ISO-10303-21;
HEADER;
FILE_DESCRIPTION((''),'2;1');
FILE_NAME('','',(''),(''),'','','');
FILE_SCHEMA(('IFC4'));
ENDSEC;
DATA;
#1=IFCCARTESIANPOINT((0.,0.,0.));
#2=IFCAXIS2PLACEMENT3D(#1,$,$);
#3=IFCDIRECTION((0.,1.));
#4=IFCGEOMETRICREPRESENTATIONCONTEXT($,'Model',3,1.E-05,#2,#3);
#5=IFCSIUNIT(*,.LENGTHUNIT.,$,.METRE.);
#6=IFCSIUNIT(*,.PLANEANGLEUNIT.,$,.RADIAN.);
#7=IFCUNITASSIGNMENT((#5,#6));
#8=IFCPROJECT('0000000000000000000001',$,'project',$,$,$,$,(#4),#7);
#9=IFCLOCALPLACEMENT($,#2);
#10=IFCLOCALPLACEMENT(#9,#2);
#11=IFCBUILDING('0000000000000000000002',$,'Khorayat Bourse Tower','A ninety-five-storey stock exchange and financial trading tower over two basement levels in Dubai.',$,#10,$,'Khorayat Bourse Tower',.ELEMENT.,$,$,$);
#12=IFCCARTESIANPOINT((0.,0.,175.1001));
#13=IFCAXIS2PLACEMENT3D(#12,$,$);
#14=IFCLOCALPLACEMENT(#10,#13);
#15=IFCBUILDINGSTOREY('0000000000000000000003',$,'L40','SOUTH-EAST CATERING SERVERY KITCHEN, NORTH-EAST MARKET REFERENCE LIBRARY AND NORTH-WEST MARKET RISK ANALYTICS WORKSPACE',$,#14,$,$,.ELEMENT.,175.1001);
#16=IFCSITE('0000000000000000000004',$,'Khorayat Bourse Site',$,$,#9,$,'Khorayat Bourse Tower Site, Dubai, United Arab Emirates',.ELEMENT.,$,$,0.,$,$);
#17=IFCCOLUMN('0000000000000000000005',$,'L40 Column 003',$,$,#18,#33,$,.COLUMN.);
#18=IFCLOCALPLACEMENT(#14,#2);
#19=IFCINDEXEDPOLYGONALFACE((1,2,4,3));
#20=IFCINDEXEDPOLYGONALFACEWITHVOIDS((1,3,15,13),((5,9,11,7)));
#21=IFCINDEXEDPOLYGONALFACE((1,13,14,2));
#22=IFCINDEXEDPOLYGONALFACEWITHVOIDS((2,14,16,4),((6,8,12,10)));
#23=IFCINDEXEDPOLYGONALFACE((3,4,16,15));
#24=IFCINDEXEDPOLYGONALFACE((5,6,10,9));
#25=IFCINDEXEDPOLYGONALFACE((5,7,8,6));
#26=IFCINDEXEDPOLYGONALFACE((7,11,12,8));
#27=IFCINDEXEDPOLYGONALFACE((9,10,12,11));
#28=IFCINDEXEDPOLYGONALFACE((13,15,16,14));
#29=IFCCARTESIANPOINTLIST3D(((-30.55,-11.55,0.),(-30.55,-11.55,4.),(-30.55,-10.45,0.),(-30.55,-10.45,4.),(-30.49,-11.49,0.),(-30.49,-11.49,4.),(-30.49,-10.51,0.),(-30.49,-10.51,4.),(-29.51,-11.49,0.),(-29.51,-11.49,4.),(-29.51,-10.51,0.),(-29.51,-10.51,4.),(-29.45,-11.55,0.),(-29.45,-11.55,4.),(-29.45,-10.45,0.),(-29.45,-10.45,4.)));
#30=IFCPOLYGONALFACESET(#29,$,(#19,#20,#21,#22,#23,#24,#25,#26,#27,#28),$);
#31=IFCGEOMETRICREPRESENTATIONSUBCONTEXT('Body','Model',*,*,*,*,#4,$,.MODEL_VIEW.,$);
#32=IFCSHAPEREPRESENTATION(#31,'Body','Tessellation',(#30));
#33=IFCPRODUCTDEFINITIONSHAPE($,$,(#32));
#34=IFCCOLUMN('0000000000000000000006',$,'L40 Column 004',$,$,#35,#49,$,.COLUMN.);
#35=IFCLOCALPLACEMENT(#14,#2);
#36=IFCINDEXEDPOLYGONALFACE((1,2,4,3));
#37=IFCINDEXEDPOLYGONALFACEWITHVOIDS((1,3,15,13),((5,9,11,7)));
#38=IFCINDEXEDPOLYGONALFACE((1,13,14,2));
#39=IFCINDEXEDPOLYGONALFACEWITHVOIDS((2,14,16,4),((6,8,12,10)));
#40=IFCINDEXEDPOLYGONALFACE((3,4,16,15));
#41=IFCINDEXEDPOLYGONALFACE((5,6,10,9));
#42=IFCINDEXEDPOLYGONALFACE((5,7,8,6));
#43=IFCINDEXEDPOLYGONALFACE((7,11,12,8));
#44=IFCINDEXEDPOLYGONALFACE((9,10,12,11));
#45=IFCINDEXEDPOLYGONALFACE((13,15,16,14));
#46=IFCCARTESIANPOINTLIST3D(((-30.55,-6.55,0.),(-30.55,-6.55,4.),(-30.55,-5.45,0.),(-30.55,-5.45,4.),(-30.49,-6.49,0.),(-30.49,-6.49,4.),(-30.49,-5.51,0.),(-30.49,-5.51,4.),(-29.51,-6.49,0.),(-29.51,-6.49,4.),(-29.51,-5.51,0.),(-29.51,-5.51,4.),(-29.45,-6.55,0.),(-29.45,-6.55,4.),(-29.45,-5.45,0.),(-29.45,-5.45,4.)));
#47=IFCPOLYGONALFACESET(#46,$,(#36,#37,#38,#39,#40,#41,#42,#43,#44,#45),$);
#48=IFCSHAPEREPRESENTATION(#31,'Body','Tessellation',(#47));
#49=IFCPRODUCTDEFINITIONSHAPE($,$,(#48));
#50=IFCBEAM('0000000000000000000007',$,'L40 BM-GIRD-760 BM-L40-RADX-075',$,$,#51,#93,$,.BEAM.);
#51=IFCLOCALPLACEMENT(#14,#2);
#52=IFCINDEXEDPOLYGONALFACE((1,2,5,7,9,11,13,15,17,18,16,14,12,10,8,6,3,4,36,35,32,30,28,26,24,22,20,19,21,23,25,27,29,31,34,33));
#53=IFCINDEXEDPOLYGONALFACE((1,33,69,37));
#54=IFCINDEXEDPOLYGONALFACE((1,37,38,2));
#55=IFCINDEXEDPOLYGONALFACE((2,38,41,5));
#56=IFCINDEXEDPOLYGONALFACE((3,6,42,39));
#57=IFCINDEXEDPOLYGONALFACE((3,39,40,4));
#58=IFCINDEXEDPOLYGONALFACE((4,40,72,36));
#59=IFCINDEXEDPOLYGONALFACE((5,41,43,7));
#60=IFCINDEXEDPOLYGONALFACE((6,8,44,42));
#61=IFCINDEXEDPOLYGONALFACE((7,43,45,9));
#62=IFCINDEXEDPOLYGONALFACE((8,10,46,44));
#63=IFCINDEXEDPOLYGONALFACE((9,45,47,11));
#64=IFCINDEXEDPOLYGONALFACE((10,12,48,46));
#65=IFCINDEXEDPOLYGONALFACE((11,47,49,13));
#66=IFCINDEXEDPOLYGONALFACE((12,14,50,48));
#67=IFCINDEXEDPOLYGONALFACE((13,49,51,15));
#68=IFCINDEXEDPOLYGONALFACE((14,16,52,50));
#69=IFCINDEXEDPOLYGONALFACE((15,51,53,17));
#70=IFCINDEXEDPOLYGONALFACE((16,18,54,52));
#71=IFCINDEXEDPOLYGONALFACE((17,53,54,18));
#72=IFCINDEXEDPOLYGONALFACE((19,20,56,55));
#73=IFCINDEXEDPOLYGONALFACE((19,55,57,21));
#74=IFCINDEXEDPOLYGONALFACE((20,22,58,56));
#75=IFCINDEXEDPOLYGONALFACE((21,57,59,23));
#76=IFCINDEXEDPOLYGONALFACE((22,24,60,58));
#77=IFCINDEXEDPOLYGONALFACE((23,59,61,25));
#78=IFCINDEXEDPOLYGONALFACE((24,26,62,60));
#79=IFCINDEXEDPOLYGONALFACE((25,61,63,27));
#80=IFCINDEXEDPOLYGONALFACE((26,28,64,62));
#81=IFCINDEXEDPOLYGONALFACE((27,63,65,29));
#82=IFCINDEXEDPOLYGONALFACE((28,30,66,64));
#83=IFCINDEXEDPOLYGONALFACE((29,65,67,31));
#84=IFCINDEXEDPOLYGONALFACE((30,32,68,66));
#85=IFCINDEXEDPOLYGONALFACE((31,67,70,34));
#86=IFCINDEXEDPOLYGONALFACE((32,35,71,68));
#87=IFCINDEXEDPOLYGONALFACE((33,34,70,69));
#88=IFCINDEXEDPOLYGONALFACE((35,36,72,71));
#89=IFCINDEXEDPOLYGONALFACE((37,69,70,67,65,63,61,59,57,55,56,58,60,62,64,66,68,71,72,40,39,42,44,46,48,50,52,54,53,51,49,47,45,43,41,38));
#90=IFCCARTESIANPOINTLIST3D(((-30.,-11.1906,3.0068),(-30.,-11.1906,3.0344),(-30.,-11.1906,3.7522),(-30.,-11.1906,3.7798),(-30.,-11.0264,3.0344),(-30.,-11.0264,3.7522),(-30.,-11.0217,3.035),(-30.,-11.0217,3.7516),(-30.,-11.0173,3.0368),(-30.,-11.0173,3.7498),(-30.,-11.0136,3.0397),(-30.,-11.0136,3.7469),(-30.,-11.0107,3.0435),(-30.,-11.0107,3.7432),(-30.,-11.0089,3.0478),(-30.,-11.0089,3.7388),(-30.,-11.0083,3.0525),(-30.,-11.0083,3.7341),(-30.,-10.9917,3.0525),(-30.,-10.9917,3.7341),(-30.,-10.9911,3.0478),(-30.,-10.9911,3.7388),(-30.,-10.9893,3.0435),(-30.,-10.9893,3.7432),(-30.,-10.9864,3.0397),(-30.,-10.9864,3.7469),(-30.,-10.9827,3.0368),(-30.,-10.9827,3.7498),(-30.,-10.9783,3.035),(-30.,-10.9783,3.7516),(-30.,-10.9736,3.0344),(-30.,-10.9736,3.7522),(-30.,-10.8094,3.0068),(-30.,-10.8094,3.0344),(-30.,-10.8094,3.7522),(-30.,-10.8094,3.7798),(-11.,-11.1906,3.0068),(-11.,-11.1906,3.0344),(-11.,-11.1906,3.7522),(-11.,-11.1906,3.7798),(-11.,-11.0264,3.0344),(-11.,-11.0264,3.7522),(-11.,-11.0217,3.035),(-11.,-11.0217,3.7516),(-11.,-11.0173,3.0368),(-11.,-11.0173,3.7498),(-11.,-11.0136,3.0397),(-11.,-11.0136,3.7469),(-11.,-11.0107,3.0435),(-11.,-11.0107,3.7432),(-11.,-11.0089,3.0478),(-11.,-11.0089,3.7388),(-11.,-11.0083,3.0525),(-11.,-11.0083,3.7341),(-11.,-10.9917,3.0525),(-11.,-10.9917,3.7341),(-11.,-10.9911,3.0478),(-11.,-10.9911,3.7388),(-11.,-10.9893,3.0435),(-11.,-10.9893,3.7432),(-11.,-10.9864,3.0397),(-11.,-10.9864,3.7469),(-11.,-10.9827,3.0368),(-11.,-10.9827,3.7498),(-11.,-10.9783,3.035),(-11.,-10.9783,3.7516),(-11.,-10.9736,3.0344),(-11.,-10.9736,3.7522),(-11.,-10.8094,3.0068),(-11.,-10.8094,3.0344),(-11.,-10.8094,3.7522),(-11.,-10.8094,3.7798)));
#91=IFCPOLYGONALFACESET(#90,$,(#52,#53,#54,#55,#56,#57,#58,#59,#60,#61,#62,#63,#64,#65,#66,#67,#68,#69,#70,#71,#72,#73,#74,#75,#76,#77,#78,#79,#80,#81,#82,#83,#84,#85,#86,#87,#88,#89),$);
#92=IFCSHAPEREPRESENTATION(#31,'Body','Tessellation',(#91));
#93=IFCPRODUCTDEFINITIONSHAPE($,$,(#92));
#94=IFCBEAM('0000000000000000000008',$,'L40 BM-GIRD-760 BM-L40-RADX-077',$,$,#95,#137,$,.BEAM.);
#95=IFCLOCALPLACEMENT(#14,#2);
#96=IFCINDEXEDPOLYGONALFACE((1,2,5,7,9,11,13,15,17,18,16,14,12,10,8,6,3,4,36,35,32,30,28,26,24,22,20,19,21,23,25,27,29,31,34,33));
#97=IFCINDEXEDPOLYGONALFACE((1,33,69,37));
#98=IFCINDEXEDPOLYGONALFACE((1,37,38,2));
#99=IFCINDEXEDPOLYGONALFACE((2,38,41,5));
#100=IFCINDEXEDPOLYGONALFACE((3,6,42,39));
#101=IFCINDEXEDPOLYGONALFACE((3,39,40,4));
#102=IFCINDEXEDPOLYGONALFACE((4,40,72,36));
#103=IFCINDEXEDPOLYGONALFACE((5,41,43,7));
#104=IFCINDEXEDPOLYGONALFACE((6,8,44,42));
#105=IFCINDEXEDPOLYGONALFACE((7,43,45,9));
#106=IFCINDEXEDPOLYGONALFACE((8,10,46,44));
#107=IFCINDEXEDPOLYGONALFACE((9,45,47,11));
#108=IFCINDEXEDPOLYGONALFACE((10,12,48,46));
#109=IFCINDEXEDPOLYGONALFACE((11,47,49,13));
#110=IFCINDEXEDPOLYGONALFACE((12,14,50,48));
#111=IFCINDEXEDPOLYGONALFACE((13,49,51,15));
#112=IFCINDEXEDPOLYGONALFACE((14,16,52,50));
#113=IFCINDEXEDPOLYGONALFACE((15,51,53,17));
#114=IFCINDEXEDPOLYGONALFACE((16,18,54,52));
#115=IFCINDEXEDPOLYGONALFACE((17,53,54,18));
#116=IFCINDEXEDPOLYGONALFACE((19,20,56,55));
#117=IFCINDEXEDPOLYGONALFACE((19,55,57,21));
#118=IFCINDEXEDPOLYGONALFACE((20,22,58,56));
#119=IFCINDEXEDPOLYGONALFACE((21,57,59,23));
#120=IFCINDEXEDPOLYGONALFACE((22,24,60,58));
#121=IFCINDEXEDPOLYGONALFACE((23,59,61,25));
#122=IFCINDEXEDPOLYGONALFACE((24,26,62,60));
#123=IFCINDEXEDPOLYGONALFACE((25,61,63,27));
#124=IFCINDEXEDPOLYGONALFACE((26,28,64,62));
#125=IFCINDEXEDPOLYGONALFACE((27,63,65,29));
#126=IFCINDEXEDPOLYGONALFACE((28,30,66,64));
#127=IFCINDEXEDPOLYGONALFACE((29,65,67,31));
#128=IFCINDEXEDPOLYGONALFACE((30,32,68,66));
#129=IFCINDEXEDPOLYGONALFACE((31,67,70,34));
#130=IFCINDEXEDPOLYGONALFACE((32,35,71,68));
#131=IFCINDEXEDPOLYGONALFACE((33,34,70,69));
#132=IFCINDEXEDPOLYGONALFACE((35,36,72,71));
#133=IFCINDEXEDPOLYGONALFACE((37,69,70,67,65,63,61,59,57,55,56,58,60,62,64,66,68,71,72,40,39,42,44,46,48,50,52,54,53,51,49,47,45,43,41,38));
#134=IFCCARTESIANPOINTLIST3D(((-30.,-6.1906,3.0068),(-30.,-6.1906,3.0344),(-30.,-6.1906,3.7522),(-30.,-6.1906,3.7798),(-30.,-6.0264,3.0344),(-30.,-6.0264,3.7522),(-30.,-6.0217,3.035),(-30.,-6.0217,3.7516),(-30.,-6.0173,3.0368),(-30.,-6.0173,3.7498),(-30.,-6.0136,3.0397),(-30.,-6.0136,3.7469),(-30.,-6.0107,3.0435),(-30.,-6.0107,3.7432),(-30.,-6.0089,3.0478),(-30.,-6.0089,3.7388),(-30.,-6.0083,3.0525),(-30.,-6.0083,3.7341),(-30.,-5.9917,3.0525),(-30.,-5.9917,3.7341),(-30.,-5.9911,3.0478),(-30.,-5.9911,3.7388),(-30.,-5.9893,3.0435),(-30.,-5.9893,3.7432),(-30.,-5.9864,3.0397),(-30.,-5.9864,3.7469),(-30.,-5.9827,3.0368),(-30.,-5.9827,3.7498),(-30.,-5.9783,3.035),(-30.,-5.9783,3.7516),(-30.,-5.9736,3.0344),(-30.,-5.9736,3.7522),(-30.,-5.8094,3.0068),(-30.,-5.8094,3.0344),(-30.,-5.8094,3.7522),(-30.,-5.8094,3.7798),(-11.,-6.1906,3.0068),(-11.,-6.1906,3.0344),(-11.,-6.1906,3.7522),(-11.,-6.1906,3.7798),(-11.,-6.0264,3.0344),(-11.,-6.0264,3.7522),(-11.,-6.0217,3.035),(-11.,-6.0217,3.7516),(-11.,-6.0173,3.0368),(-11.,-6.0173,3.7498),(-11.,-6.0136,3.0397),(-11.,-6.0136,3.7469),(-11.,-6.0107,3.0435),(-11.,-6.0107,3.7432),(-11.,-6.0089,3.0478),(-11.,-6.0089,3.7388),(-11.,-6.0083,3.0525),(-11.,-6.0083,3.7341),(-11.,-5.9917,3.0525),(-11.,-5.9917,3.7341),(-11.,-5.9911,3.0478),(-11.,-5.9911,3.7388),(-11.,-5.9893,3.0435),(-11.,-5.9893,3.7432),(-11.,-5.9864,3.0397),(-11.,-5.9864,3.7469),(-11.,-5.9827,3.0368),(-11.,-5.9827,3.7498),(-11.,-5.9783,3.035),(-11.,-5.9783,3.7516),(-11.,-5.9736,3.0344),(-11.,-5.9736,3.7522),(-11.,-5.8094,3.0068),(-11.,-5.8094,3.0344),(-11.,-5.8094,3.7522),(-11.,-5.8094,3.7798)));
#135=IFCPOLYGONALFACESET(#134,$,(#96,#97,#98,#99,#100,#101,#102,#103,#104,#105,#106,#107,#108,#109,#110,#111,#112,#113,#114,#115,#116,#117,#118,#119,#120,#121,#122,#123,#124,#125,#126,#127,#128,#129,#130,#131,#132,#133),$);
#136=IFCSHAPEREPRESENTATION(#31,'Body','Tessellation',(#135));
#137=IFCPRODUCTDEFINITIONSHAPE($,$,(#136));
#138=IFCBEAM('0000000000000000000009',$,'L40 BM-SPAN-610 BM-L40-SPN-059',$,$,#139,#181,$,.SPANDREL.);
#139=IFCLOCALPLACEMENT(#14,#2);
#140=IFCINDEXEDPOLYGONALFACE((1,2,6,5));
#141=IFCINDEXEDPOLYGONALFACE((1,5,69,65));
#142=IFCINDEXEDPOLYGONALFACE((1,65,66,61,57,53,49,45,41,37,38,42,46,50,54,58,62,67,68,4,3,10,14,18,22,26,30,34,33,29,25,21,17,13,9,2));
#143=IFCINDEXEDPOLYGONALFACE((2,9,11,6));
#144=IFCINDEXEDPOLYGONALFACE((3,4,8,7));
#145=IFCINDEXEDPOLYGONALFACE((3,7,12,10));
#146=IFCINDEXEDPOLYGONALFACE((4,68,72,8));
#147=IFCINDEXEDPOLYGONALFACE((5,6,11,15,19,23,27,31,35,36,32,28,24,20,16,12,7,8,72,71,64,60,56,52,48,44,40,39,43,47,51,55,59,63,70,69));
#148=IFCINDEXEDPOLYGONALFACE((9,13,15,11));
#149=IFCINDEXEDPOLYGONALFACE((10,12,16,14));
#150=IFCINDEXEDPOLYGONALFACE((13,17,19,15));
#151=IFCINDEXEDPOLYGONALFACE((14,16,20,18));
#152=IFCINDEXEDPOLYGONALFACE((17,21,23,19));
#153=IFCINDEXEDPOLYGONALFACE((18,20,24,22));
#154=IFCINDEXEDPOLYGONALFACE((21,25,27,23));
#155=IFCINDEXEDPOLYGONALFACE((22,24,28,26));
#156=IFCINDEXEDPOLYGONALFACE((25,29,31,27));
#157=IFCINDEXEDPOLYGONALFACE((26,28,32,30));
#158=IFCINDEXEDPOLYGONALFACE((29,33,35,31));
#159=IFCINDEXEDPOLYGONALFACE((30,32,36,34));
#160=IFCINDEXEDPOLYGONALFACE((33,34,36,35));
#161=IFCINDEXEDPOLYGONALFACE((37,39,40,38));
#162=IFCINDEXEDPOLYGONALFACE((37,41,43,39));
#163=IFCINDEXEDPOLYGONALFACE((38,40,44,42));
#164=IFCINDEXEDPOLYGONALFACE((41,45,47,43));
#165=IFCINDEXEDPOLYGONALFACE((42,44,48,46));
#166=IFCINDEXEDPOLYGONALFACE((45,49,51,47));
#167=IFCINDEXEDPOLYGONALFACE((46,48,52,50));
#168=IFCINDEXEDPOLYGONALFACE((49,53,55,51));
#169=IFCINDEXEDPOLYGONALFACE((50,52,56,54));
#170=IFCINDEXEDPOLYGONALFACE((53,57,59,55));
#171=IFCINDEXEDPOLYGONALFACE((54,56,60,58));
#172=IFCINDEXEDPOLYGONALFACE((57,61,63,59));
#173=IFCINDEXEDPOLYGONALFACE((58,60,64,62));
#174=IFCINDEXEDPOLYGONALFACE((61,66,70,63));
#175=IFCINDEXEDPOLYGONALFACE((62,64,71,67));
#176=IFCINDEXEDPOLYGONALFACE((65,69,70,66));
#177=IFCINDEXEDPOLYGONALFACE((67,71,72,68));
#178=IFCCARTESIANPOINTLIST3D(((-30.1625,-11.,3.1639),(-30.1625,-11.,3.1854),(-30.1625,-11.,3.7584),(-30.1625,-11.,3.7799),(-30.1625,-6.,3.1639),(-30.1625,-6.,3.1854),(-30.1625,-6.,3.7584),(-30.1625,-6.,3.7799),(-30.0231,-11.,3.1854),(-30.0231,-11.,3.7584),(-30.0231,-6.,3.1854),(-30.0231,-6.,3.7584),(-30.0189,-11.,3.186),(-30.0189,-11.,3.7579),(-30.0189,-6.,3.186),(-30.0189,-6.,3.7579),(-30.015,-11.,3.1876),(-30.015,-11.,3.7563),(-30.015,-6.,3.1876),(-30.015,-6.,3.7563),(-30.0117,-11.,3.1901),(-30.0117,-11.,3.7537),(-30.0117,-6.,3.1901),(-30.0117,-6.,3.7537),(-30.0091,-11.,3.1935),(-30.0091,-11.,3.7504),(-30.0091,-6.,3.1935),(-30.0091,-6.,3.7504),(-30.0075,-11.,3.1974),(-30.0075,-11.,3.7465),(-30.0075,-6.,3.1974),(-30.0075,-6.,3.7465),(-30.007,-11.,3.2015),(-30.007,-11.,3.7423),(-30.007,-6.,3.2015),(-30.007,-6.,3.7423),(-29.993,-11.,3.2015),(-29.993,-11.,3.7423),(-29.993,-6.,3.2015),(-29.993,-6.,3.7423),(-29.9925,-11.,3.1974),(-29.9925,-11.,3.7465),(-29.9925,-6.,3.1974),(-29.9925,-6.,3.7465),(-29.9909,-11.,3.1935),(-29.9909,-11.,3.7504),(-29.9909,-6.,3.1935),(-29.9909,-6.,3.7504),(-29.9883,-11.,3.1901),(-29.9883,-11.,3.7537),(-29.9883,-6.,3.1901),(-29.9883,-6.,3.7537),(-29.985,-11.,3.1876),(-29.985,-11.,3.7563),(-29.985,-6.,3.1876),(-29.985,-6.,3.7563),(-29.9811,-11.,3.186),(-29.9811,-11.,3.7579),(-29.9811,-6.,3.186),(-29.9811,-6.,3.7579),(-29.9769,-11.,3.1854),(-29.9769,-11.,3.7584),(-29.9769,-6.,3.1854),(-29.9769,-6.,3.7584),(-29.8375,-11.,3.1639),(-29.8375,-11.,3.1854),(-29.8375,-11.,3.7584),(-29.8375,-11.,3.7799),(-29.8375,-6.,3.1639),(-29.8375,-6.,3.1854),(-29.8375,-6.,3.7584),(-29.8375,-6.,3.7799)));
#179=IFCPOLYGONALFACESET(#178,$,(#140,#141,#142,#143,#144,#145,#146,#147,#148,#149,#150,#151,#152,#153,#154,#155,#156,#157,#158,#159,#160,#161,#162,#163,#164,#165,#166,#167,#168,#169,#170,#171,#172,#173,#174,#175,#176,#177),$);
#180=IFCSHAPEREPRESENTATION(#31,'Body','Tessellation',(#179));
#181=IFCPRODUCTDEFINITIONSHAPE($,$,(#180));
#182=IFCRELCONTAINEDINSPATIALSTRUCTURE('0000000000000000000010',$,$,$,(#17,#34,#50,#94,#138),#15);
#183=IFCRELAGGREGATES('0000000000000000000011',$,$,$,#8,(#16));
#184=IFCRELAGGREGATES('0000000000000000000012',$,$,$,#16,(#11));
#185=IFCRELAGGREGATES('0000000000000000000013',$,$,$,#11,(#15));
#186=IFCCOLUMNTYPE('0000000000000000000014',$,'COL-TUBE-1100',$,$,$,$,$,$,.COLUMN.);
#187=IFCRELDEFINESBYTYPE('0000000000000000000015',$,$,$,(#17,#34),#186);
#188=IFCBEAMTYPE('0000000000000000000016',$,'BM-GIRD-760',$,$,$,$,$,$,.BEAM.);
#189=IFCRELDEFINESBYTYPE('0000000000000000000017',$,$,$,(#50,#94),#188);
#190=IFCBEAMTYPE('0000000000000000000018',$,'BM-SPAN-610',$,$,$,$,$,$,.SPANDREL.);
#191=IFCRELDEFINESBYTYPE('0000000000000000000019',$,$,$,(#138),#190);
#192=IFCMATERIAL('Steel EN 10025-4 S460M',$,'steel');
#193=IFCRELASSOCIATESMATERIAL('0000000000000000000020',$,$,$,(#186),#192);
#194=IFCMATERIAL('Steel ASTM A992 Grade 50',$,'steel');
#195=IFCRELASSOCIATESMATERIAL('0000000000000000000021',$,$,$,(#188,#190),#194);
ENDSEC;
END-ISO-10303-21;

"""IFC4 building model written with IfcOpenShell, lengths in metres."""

from ifc_helpers import new_model, si_unit, direction, frame, origin, origin_2d, place, context, subcontext, project, spatial, hollow_rectangle, i_section, extrude, source, transform, mapped, material, material_profile, profile_set, type_object, element, save


model = new_model("IFC4")

# Units and contexts
model_context = context("Model", 3, precision=1e-05, world=origin(), true_north=direction((0.0, 1.0)))
body_context = subcontext(model_context, "Body", "Model", "MODEL_VIEW")
ifc_project = project(units=[si_unit("LENGTHUNIT", "METRE"), si_unit("PLANEANGLEUNIT", "RADIAN")], contexts=[model_context])

# Site, building, storey
site_placement = place(None, origin())
site = spatial("IfcSite", under=ifc_project, at=site_placement, Name="Khorayat Bourse Site", LongName="Khorayat Bourse Tower Site, Dubai, United Arab Emirates", CompositionType="ELEMENT", RefElevation=0.0)
building_placement = place(site_placement, origin())
building = spatial("IfcBuilding", under=site, at=building_placement, Name="Khorayat Bourse Tower", Description="A ninety-five-storey stock exchange and financial trading tower over two basement levels in Dubai.", LongName="Khorayat Bourse Tower", CompositionType="ELEMENT")
storey_placement = place(building_placement, frame((0.0, 0.0, 175.1001)))
storey = spatial("IfcBuildingStorey", under=building, at=storey_placement, Name="L40", Description="SOUTH-EAST CATERING SERVERY KITCHEN, NORTH-EAST MARKET REFERENCE LIBRARY AND NORTH-WEST MARKET RISK ANALYTICS WORKSPACE", CompositionType="ELEMENT", Elevation=175.1001)

# Columns
ifc_material_1 = material(Name="Steel EN 10025-4 S460M", Category="steel")
ifc_material_profile_1 = material_profile(ifc_material_1, hollow_rectangle(XDim=1.1001, YDim=1.1001, WallThickness=0.0601, at=origin_2d()), Name="BOX 1100x1100x60")
ifc_profile_set_1 = profile_set([ifc_material_profile_1], Name="Steel EN 10025-4 S460M")
column_type = type_object("IfcColumnType", Name="COL-TUBE-1100", PredefinedType="COLUMN", material=ifc_profile_set_1)
shared_shape_1 = source(origin(), body_context, "Body", "SweptSolid", [
    extrude(hollow_rectangle(XDim=1.1001, YDim=1.1001, WallThickness=0.0601, at=origin_2d()), origin(), (0.0, 0.0, 1.0), 4.0),
])
for number, where, z_axis, x_axis, name in (
    (1, (-30.0, -11.0, 0.0), (0.0, 0.0, 1.0), (1.0, 0.0, 0.0), "L40 Column 003"),
    (2, (-30.0, -6.0, 0.0), (0.0, 0.0, 1.0), (1.0, 0.0, 0.0), "L40 Column 004"),
):
    element("IfcColumn", number, at=place(storey_placement, frame(where, z_axis=z_axis, x_axis=x_axis)), inside=storey, type_object=column_type, Name=name, PredefinedType="COLUMN", context=body_context, shape_type="MappedRepresentation", body=[
        mapped(shared_shape_1, transform((0.0, 0.0, 0.0), scale=1.0)),
    ])

# Beams
ifc_material_2 = material(Name="Steel ASTM A992 Grade 50", Category="steel")
ifc_material_profile_2 = material_profile(ifc_material_2, i_section(OverallWidth=0.3811, OverallDepth=0.7729, WebThickness=0.0166, FlangeThickness=0.0276, FilletRadius=0.0181, at=origin_2d()), Name="W760X257")
ifc_profile_set_2 = profile_set([ifc_material_profile_2], Name="Steel ASTM A992 Grade 50")
beam_type_1 = type_object("IfcBeamType", Name="BM-GIRD-760", PredefinedType="BEAM", material=ifc_profile_set_2)
shared_shape_2 = source(origin(), body_context, "Body", "SweptSolid", [
    extrude(i_section(OverallWidth=0.3811, OverallDepth=0.7729, WebThickness=0.0166, FlangeThickness=0.0276, FilletRadius=0.0181, at=origin_2d()), origin(), (0.0, 0.0, 1.0), 19.0),
])
for number, where, z_axis, x_axis, name in (
    (3, (-30.0, -11.0, 3.3933), (1.0, 0.0, 0.0), (0.0, 1.0, 0.0), "L40 BM-GIRD-760 BM-L40-RADX-075"),
    (4, (-30.0, -6.0, 3.3933), (1.0, 0.0, 0.0), (0.0, 1.0, 0.0), "L40 BM-GIRD-760 BM-L40-RADX-077"),
):
    element("IfcBeam", number, at=place(storey_placement, frame(where, z_axis=z_axis, x_axis=x_axis)), inside=storey, type_object=beam_type_1, Name=name, PredefinedType="BEAM", context=body_context, shape_type="MappedRepresentation", body=[
        mapped(shared_shape_2, transform((0.0, 0.0, 0.0), scale=1.0)),
    ])
ifc_material_profile_3 = material_profile(ifc_material_2, i_section(OverallWidth=0.325, OverallDepth=0.616, WebThickness=0.0139, FlangeThickness=0.0215, FilletRadius=0.0161, at=origin_2d()), Name="W610X174")
ifc_profile_set_3 = profile_set([ifc_material_profile_3], Name="Steel ASTM A992 Grade 50")
beam_type_2 = type_object("IfcBeamType", Name="BM-SPAN-610", PredefinedType="SPANDREL", material=ifc_profile_set_3)
shared_shape_3 = source(origin(), body_context, "Body", "SweptSolid", [
    extrude(i_section(OverallWidth=0.325, OverallDepth=0.616, WebThickness=0.0139, FlangeThickness=0.0215, FilletRadius=0.0161, at=origin_2d()), origin(), (0.0, 0.0, 1.0), 5.0),
])
beam_1_placement = place(storey_placement, frame((-30.0, -11.0, 3.4719), z_axis=(0.0, 1.0, 0.0), x_axis=(-1.0, 0.0, 0.0)))
element("IfcBeam", 5, at=beam_1_placement, inside=storey, type_object=beam_type_2, Name="L40 BM-SPAN-610 BM-L40-SPN-059", PredefinedType="SPANDREL", context=body_context, shape_type="MappedRepresentation", body=[
    mapped(shared_shape_3, transform((0.0, 0.0, 0.0), scale=1.0)),
])

save(model, "model.ifc")
